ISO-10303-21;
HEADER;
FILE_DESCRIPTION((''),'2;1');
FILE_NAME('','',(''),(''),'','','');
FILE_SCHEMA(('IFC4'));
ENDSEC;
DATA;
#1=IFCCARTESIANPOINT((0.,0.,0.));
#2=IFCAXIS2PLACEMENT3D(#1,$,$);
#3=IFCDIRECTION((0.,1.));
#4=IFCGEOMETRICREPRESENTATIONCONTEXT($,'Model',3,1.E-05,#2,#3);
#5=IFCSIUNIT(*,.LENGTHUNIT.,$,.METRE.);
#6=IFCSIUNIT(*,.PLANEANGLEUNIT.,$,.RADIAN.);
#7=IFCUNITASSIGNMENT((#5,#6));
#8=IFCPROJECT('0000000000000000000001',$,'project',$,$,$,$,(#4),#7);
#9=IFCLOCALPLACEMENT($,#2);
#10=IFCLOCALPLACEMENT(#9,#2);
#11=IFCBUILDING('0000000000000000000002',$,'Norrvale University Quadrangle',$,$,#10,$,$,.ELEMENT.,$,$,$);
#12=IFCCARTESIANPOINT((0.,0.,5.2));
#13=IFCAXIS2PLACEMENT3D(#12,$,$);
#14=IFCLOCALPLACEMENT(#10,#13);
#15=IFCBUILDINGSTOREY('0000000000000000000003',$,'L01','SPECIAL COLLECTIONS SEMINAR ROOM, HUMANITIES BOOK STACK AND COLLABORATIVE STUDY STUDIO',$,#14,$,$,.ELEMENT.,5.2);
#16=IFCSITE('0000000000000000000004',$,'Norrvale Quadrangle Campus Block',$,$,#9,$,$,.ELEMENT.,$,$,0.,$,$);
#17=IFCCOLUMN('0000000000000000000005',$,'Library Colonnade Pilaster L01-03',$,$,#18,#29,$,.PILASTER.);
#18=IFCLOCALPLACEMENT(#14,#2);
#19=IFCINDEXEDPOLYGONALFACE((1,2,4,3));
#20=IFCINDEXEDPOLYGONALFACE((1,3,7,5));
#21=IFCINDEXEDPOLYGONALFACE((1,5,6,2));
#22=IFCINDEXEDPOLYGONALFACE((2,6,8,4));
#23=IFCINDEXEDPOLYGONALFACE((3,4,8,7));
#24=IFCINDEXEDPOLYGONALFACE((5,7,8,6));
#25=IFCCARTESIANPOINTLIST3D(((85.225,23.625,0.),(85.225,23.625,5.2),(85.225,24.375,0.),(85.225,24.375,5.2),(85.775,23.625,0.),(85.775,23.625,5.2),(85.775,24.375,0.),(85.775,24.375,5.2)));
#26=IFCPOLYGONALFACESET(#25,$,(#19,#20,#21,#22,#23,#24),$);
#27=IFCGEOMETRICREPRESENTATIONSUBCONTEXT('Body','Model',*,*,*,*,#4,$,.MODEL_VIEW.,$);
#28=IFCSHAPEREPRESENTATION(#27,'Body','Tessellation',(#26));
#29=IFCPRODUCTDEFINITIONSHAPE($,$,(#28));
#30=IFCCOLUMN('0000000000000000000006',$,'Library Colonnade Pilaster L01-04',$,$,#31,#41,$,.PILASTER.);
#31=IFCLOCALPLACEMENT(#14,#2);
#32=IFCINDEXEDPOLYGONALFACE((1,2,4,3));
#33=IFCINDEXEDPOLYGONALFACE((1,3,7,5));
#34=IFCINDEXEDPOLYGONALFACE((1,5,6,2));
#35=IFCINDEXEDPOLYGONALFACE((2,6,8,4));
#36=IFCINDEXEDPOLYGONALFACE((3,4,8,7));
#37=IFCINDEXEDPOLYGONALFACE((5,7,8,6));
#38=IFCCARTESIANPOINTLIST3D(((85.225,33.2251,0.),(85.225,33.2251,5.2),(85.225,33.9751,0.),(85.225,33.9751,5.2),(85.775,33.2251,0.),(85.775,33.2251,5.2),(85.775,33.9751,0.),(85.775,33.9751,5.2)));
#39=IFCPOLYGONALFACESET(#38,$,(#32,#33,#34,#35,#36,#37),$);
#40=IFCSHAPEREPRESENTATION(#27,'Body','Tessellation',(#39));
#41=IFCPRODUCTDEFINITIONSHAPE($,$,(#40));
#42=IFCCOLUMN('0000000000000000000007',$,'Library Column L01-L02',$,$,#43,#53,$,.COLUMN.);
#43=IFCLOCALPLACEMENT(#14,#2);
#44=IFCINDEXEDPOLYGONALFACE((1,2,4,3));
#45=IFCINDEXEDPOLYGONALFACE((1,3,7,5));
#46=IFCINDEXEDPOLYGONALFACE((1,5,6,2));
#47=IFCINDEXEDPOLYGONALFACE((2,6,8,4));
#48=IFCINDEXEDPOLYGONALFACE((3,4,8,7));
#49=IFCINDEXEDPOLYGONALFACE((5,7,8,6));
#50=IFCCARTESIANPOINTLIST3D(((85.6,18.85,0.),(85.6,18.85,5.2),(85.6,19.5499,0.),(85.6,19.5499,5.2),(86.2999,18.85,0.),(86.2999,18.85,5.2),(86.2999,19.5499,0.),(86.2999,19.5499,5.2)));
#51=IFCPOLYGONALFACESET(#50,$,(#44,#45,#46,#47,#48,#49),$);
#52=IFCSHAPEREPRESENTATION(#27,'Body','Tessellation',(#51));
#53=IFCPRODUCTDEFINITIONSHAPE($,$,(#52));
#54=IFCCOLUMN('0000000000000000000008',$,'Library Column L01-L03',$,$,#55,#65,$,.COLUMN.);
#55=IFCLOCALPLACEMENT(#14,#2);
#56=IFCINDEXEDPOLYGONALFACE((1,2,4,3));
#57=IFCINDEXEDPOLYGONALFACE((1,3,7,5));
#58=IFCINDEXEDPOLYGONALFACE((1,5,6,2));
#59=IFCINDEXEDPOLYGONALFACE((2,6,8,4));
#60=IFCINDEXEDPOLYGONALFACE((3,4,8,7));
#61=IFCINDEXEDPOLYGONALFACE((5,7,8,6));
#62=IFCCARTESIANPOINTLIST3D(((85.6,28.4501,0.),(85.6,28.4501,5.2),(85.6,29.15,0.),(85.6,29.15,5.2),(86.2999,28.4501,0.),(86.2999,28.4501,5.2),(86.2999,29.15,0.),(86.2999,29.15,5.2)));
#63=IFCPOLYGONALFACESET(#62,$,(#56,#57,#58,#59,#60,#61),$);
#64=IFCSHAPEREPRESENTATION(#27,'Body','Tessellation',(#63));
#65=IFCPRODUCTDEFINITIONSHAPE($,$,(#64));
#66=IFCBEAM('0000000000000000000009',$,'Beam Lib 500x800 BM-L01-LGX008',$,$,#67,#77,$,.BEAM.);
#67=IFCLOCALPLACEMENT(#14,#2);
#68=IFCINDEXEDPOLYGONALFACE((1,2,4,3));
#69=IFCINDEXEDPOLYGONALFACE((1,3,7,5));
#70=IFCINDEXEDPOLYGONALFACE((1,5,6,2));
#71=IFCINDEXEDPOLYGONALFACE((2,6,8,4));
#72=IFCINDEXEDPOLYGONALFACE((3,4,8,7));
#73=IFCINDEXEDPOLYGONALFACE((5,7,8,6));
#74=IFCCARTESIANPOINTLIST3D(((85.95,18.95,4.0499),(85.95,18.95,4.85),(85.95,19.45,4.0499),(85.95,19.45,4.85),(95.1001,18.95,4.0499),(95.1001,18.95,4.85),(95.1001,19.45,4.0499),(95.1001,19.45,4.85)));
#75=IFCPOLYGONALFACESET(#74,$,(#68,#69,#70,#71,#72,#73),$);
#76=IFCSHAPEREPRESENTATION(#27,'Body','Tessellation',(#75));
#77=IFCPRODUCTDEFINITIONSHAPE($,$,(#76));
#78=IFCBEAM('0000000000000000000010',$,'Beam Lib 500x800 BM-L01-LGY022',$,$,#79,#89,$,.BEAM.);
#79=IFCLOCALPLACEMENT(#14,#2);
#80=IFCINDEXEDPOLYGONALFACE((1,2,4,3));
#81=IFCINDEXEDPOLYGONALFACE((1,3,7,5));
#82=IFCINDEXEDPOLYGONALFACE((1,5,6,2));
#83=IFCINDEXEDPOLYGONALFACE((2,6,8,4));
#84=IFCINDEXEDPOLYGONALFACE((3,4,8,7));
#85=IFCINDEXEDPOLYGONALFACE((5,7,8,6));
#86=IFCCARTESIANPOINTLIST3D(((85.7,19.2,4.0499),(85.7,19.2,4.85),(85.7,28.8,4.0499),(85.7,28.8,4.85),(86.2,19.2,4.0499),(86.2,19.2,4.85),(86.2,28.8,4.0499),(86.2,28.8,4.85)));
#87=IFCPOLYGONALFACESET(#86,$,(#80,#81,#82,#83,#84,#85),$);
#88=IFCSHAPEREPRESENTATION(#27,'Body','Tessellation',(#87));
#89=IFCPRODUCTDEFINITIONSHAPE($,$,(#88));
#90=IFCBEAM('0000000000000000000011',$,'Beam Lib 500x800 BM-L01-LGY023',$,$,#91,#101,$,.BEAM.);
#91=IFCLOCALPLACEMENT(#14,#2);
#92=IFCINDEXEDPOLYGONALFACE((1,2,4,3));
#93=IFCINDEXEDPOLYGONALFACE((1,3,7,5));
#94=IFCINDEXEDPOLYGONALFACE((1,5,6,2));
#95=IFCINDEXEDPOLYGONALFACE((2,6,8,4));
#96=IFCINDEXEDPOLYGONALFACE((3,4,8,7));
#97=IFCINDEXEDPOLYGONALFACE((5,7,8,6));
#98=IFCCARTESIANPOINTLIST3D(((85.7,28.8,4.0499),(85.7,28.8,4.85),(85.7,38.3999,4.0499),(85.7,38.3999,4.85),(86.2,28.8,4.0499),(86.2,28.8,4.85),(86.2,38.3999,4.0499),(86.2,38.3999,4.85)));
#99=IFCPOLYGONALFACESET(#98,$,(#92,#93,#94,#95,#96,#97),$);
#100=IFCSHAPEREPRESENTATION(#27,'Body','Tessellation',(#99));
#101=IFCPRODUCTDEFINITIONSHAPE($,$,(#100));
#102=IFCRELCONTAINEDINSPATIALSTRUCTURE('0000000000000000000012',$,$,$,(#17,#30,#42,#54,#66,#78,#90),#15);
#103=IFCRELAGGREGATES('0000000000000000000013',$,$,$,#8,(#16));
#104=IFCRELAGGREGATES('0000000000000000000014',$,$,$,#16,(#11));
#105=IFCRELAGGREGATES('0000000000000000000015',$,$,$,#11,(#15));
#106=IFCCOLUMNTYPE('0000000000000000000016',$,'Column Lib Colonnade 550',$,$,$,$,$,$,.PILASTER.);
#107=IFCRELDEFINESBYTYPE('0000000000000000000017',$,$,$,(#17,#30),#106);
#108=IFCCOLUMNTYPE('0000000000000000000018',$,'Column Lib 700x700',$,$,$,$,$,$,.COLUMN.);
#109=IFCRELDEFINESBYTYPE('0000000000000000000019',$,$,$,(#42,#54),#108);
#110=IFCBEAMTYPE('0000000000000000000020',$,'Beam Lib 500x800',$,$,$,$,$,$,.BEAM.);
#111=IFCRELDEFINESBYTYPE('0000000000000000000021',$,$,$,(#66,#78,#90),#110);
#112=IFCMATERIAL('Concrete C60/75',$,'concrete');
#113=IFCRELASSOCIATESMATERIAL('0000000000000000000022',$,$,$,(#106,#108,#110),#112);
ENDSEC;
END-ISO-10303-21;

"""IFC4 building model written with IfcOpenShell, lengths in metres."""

from ifc_helpers import new_model, si_unit, direction, frame, origin, origin_2d, place, context, subcontext, project, spatial, rectangle, extrude, material, material_profile, profile_set, type_object, element, save


model = new_model("IFC4")

# Units and contexts
model_context = context("Model", 3, precision=1e-05, world=origin(), true_north=direction((0.0, 1.0)))
body_context = subcontext(model_context, "Body", "Model", "MODEL_VIEW")
ifc_project = project(units=[si_unit("LENGTHUNIT", "METRE"), si_unit("PLANEANGLEUNIT", "RADIAN")], contexts=[model_context])

# Site, building, storey
site_placement = place(None, origin())
site = spatial("IfcSite", under=ifc_project, at=site_placement, Name="Norrvale Quadrangle Campus Block", CompositionType="ELEMENT", RefElevation=0.0)
building_placement = place(site_placement, origin())
building = spatial("IfcBuilding", under=site, at=building_placement, Name="Norrvale University Quadrangle", CompositionType="ELEMENT")
storey_placement = place(building_placement, frame((0.0, 0.0, 5.2)))
storey = spatial("IfcBuildingStorey", under=building, at=storey_placement, Name="L01", Description="SPECIAL COLLECTIONS SEMINAR ROOM, HUMANITIES BOOK STACK AND COLLABORATIVE STUDY STUDIO", CompositionType="ELEMENT", Elevation=5.2)

# Columns
ifc_material = material(Name="Concrete C60/75", Category="concrete")
ifc_material_profile_1 = material_profile(ifc_material, rectangle(XDim=0.55, YDim=0.75, at=origin_2d()), Name="Concrete C60/75")
ifc_profile_set_1 = profile_set([ifc_material_profile_1], Name="Concrete C60/75")
column_type_1 = type_object("IfcColumnType", Name="Column Lib Colonnade 550", PredefinedType="PILASTER", material=ifc_profile_set_1)
for number, where, z_axis, x_axis, name in (
    (1, (85.5, 24.0, 0.0), (0.0, 0.0, 1.0), (1.0, 0.0, 0.0), "Library Colonnade Pilaster L01-03"),
    (2, (85.5, 33.6001, 0.0), (0.0, 0.0, 1.0), (1.0, 0.0, 0.0), "Library Colonnade Pilaster L01-04"),
):
    element("IfcColumn", number, at=place(storey_placement, frame(where, z_axis=z_axis, x_axis=x_axis)), inside=storey, type_object=column_type_1, Name=name, PredefinedType="PILASTER", context=body_context, shape_type="SweptSolid", body=[
        extrude(rectangle(XDim=0.55, YDim=0.75, at=origin_2d()), origin(), (0.0, 0.0, 1.0), 5.2),
    ])
ifc_material_profile_2 = material_profile(ifc_material, rectangle(XDim=0.7, YDim=0.7, at=origin_2d()), Name="Concrete C60/75")
ifc_profile_set_2 = profile_set([ifc_material_profile_2], Name="Concrete C60/75")
column_type_2 = type_object("IfcColumnType", Name="Column Lib 700x700", PredefinedType="COLUMN", material=ifc_profile_set_2)
for number, where, z_axis, x_axis, name in (
    (3, (85.95, 19.2, 0.0), (0.0, 0.0, 1.0), (1.0, 0.0, 0.0), "Library Column L01-L02"),
    (4, (85.95, 28.8, 0.0), (0.0, 0.0, 1.0), (1.0, 0.0, 0.0), "Library Column L01-L03"),
):
    element("IfcColumn", number, at=place(storey_placement, frame(where, z_axis=z_axis, x_axis=x_axis)), inside=storey, type_object=column_type_2, Name=name, PredefinedType="COLUMN", context=body_context, shape_type="SweptSolid", body=[
        extrude(rectangle(XDim=0.7, YDim=0.7, at=origin_2d()), origin(), (0.0, 0.0, 1.0), 5.2),
    ])

# Beams
ifc_material_profile_3 = material_profile(ifc_material, rectangle(XDim=0.5, YDim=0.8, at=origin_2d()), Name="Concrete C60/75")
ifc_profile_set_3 = profile_set([ifc_material_profile_3], Name="Concrete C60/75")
beam_type = type_object("IfcBeamType", Name="Beam Lib 500x800", PredefinedType="BEAM", material=ifc_profile_set_3)
beam_1_placement = place(storey_placement, frame((85.95, 19.2, 4.45), z_axis=(1.0, 0.0, 0.0), x_axis=(0.0, 1.0, 0.0)))
element("IfcBeam", 5, at=beam_1_placement, inside=storey, type_object=beam_type, Name="Beam Lib 500x800 BM-L01-LGX008", PredefinedType="BEAM", context=body_context, shape_type="SweptSolid", body=[
    extrude(rectangle(XDim=0.5, YDim=0.8, at=origin_2d()), origin(), (0.0, 0.0, 1.0), 9.1501),
])
beam_2_placement = place(storey_placement, frame((85.95, 19.2, 4.45), z_axis=(0.0, 1.0, 0.0), x_axis=(-1.0, 0.0, 0.0)))
element("IfcBeam", 6, at=beam_2_placement, inside=storey, type_object=beam_type, Name="Beam Lib 500x800 BM-L01-LGY022", PredefinedType="BEAM", context=body_context, shape_type="SweptSolid", body=[
    extrude(rectangle(XDim=0.5, YDim=0.8, at=origin_2d()), origin(), (0.0, 0.0, 1.0), 9.6001),
])
beam_3_placement = place(storey_placement, frame((85.95, 28.8, 4.45), z_axis=(0.0, 1.0, 0.0), x_axis=(-1.0, 0.0, 0.0)))
element("IfcBeam", 7, at=beam_3_placement, inside=storey, type_object=beam_type, Name="Beam Lib 500x800 BM-L01-LGY023", PredefinedType="BEAM", context=body_context, shape_type="SweptSolid", body=[
    extrude(rectangle(XDim=0.5, YDim=0.8, at=origin_2d()), origin(), (0.0, 0.0, 1.0), 9.5999),
])

save(model, "model.ifc")
